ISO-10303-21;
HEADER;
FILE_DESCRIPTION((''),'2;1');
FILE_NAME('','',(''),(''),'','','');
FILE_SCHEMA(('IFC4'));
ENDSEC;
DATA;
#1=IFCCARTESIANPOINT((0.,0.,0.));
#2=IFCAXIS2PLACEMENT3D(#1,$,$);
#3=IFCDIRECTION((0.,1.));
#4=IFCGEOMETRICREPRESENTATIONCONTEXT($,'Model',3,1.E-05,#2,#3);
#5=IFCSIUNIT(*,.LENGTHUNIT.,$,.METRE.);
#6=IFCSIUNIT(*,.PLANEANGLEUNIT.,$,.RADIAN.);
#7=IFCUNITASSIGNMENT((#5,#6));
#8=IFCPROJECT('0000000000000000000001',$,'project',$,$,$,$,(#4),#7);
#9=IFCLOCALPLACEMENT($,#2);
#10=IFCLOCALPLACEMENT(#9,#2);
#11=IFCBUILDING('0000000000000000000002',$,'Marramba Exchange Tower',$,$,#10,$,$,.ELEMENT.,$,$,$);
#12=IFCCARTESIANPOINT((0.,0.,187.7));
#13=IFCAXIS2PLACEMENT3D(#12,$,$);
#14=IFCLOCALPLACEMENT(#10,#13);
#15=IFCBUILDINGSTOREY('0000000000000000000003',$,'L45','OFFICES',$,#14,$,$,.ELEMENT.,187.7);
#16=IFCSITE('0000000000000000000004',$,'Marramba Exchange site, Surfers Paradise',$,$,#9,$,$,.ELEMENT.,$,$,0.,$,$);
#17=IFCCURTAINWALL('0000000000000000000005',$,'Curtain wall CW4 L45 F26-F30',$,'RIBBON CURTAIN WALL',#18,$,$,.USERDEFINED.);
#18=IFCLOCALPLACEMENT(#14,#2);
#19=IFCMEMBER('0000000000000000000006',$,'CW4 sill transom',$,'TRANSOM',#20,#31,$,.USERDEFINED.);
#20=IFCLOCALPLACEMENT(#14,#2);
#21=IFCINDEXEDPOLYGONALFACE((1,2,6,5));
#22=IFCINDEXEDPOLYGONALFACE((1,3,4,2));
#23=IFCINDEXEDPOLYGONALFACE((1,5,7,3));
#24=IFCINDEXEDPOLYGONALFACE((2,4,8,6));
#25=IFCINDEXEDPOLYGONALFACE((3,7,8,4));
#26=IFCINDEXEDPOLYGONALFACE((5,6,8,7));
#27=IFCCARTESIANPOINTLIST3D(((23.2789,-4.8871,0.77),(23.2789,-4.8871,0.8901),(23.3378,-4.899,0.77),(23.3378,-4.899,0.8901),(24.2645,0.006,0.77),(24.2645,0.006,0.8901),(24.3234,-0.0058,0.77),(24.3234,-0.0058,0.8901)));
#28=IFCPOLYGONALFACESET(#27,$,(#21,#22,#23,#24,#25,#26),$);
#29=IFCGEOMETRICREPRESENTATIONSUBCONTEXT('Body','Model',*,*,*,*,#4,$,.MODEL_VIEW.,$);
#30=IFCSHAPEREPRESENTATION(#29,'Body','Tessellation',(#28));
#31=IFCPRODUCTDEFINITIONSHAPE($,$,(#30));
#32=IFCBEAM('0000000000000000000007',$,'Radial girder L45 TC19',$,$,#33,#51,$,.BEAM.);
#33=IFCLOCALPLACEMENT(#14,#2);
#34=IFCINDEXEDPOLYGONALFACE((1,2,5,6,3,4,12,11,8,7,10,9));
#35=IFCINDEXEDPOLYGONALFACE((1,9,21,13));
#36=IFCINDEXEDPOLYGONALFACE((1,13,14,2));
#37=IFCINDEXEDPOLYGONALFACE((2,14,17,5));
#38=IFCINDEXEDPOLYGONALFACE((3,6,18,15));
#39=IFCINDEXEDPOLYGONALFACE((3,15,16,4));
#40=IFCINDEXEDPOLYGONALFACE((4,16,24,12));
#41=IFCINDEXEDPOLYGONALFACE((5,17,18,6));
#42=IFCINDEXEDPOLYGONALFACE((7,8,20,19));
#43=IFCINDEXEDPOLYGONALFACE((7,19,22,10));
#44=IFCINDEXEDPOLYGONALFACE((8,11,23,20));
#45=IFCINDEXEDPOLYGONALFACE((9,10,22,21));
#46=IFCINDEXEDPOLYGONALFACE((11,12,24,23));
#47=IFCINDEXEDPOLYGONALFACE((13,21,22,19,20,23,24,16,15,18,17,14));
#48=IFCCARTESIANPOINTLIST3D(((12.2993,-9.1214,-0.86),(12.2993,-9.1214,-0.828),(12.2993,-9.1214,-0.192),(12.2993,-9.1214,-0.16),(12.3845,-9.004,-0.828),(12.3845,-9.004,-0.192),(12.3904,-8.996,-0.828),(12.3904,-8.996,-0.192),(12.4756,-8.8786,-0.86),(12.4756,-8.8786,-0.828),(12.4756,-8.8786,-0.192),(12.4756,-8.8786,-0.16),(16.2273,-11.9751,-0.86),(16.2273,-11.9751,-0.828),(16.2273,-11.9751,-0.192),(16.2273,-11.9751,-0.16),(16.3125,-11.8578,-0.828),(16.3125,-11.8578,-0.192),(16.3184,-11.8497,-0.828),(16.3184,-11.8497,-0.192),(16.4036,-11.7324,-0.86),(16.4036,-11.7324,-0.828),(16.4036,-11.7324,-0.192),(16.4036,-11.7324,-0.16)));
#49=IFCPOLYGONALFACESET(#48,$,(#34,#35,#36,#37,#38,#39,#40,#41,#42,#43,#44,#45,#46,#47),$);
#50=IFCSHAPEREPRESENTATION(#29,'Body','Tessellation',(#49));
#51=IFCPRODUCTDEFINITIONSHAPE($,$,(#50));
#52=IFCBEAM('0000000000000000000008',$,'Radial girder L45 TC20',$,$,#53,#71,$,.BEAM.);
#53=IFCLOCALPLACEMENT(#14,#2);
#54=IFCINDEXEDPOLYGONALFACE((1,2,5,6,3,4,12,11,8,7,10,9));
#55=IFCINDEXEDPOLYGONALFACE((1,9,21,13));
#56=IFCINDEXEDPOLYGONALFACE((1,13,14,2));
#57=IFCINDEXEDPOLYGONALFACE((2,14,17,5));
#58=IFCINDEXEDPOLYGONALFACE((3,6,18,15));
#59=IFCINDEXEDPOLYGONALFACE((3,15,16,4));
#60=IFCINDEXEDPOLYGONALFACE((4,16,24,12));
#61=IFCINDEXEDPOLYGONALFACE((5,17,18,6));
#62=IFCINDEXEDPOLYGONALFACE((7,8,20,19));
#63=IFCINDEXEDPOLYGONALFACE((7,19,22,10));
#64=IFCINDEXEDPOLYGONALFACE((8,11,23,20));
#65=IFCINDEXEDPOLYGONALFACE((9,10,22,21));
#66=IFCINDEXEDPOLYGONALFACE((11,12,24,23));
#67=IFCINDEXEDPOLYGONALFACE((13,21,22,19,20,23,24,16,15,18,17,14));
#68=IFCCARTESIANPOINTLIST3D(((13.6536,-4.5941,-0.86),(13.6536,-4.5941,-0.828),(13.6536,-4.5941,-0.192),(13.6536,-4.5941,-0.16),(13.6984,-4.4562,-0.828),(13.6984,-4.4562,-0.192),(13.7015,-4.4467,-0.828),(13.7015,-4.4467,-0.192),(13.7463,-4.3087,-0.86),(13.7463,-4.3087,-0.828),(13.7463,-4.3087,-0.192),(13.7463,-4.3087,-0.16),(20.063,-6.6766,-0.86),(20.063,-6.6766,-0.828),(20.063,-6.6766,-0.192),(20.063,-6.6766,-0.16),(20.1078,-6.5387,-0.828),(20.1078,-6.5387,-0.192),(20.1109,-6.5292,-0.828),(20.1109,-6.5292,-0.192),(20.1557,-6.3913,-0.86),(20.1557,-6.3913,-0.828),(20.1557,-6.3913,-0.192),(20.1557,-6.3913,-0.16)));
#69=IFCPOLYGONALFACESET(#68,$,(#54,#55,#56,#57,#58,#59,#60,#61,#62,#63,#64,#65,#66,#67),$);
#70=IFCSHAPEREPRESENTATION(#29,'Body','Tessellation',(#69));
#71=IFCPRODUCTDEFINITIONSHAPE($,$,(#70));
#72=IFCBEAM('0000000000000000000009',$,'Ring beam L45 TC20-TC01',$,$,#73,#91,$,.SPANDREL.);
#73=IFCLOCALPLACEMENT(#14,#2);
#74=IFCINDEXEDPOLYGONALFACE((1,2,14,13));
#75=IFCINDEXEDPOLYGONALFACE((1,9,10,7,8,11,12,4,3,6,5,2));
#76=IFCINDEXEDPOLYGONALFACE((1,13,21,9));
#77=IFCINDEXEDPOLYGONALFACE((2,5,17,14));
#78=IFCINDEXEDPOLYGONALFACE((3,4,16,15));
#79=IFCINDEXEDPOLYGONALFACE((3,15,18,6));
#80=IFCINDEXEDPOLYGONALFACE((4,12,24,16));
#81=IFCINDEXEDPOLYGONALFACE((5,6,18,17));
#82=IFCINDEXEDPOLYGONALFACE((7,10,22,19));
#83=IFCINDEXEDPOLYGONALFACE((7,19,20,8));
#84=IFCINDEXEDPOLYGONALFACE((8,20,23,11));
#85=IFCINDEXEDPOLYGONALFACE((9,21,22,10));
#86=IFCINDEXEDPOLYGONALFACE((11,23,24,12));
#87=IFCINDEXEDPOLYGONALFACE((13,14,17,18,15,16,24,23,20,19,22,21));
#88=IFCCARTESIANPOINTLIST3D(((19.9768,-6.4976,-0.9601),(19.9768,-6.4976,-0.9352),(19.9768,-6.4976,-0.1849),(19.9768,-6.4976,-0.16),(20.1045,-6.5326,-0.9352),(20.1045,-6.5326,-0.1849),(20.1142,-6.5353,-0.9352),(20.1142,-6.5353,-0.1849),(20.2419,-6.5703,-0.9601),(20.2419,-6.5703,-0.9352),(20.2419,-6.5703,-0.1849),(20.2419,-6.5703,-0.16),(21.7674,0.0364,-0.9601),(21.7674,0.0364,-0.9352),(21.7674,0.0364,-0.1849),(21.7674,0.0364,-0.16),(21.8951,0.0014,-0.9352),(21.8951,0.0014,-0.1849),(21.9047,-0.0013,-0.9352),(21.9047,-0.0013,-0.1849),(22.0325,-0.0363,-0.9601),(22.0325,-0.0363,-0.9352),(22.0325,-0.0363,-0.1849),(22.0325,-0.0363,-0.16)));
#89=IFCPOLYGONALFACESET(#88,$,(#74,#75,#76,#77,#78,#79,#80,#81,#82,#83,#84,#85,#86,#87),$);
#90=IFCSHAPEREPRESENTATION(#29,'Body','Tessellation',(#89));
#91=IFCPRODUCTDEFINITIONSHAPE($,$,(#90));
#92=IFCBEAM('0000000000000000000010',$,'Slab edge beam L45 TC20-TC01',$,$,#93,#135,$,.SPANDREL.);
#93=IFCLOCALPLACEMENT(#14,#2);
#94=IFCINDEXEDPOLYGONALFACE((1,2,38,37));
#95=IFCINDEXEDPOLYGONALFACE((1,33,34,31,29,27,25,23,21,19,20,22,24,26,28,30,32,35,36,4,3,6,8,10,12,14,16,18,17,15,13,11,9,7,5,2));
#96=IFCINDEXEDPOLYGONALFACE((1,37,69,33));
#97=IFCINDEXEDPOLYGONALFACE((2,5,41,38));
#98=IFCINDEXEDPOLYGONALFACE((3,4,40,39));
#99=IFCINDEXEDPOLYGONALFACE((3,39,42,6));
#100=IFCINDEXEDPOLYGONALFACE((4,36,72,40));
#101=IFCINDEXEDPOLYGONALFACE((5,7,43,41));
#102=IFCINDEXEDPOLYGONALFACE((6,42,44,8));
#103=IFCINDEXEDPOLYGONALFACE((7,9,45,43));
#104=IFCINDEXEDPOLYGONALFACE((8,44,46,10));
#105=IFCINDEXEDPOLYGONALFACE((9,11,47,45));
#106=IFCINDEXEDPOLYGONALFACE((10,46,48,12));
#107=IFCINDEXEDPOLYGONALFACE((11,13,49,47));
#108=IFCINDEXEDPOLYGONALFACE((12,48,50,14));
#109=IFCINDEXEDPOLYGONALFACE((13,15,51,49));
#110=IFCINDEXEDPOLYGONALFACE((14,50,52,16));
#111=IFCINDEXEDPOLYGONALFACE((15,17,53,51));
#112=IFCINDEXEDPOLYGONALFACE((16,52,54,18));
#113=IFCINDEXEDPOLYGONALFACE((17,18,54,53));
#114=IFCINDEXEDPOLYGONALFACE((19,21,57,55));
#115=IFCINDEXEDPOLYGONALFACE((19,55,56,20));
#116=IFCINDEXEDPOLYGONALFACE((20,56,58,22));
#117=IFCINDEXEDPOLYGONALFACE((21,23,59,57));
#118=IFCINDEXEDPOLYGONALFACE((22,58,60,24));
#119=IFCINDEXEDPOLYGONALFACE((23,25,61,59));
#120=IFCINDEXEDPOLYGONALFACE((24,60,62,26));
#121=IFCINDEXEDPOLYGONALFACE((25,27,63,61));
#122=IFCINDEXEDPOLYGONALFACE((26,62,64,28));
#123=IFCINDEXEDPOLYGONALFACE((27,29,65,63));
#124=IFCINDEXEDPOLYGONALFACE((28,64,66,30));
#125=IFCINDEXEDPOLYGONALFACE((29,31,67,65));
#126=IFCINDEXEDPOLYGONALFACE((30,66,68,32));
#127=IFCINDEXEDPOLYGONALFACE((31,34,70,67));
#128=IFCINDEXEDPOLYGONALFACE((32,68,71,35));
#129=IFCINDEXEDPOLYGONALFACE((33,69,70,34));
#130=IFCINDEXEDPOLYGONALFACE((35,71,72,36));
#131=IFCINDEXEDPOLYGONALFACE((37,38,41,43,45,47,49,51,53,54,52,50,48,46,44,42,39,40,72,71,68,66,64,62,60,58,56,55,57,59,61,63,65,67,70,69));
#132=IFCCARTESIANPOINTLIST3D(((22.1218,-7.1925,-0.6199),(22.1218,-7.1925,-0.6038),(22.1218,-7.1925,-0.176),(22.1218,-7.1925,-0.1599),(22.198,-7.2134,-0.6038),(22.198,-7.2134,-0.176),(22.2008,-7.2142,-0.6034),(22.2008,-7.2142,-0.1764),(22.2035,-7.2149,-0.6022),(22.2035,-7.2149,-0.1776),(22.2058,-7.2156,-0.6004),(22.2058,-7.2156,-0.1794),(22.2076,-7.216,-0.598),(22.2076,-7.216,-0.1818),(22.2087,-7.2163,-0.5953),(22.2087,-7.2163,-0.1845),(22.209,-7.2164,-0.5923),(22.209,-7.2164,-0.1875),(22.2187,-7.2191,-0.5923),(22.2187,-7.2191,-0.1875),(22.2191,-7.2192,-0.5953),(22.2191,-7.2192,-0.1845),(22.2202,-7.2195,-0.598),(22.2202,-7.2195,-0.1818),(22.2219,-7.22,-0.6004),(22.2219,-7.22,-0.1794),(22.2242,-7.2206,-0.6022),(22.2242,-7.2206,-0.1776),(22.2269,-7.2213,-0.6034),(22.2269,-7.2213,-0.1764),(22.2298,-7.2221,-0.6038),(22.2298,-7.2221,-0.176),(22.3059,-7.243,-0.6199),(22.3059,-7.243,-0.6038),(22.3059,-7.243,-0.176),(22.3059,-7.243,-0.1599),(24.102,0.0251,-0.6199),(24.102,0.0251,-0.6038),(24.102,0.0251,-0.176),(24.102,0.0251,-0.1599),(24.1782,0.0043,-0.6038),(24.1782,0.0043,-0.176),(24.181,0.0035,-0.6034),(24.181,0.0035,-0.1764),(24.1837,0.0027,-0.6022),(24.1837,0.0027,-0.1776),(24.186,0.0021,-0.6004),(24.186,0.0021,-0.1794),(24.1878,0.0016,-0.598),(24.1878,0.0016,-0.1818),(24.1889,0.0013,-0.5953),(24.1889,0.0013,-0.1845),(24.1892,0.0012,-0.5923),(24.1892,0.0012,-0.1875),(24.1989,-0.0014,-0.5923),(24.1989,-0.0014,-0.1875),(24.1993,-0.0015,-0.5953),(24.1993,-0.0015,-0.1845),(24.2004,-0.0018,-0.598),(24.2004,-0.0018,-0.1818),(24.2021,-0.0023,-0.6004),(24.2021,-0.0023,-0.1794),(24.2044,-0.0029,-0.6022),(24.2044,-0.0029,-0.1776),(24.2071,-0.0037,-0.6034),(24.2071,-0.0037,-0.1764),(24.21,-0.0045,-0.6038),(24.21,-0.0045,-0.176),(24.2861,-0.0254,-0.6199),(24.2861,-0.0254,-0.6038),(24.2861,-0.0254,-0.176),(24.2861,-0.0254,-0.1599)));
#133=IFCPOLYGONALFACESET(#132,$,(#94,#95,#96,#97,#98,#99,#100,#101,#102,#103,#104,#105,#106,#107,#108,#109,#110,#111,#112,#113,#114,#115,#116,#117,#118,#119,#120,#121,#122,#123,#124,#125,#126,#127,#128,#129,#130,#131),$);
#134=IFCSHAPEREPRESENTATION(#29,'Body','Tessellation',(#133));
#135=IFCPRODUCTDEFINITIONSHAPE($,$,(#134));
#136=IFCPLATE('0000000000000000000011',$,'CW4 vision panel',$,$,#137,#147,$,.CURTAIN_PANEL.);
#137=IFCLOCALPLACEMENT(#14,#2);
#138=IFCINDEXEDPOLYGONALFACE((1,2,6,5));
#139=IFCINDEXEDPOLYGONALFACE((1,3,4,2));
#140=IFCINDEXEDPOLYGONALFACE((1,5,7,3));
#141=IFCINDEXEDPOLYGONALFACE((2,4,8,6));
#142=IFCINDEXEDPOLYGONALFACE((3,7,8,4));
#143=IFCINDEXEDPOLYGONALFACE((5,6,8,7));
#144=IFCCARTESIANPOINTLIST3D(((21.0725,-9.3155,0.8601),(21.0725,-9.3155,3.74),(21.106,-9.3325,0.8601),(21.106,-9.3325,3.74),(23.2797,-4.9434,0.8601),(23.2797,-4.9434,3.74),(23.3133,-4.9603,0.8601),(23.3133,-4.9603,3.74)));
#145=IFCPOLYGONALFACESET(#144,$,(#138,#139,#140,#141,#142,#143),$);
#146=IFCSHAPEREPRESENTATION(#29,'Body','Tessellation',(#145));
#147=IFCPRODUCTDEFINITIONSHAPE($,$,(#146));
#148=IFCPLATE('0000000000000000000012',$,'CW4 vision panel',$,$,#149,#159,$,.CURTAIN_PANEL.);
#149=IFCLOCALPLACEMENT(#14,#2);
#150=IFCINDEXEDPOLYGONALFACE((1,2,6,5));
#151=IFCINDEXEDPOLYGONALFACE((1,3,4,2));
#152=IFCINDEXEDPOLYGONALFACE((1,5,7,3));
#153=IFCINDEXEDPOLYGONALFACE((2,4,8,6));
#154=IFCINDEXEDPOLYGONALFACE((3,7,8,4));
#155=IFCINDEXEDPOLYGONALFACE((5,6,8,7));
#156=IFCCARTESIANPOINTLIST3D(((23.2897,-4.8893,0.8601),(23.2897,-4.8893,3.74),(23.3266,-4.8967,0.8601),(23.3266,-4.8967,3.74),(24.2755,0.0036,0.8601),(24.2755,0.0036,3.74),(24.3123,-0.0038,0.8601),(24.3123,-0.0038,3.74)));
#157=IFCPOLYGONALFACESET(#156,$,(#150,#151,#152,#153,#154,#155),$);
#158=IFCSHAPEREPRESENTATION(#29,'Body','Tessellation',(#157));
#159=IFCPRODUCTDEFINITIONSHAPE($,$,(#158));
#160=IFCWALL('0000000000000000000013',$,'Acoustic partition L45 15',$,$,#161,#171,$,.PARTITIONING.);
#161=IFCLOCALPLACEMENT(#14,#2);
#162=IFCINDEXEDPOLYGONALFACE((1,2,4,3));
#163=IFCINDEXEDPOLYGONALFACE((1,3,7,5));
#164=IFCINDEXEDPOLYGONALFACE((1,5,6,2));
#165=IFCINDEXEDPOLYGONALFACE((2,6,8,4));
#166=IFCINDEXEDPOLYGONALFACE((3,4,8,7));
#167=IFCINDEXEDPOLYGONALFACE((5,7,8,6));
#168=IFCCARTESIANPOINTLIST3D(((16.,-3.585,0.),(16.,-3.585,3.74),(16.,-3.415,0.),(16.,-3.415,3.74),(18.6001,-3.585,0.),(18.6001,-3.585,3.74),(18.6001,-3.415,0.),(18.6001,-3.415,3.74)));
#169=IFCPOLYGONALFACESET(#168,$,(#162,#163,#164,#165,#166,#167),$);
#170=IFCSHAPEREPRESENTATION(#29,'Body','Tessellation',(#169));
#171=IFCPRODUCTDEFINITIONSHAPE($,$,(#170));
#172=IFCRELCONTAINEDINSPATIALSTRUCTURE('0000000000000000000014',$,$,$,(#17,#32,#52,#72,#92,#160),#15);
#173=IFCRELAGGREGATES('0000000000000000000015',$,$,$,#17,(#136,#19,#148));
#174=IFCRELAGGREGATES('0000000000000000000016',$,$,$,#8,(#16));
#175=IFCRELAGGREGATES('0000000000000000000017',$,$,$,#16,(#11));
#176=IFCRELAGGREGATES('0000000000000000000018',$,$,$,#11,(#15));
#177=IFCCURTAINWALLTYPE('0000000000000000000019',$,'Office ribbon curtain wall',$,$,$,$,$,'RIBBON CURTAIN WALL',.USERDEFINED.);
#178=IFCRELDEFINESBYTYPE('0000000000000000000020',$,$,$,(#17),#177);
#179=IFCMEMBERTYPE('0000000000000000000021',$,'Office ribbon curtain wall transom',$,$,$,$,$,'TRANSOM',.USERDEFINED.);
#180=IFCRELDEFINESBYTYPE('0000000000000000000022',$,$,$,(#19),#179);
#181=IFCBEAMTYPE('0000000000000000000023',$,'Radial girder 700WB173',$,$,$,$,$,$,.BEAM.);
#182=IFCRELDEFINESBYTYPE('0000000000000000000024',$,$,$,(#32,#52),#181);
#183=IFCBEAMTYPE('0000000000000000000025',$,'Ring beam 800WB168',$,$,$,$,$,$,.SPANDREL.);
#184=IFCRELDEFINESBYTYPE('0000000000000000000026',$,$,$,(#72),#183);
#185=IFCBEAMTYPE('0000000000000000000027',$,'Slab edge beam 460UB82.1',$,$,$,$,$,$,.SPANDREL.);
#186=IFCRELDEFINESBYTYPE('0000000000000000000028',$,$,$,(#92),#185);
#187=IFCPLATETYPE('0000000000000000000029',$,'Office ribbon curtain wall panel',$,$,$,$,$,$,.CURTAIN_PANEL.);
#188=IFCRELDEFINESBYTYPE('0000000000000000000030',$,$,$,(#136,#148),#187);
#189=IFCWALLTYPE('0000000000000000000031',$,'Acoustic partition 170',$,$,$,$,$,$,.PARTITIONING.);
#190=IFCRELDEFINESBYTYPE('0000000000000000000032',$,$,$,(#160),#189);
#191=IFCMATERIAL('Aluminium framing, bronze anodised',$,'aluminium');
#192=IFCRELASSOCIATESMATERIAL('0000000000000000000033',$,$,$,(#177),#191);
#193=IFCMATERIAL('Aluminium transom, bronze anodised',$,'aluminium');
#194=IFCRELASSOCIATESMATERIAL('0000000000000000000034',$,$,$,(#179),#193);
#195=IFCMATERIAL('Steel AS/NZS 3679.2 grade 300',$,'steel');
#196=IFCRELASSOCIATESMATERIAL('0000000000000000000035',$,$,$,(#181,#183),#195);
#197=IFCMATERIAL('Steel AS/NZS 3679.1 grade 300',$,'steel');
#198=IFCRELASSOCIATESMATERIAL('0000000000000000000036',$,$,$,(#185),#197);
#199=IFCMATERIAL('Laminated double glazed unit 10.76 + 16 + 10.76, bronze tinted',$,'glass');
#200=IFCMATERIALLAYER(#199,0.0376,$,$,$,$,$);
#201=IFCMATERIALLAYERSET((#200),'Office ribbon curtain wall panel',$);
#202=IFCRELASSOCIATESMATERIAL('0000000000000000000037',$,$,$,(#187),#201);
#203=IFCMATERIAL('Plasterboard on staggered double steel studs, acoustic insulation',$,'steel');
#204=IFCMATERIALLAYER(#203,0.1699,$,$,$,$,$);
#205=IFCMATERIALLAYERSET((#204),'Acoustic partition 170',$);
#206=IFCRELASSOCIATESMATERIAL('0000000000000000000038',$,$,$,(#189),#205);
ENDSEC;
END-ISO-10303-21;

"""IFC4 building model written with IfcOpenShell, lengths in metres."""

from ifc_helpers import new_model, si_unit, direction, frame, frame_2d, origin, origin_2d, place, context, subcontext, project, spatial, rectangle, i_section, extrude, material, layer, layer_set, material_profile, profile_set, type_object, element, aggregate, save


model = new_model("IFC4")

# Units and contexts
model_context = context("Model", 3, precision=1e-05, world=origin(), true_north=direction((0.0, 1.0)))
body_context = subcontext(model_context, "Body", "Model", "MODEL_VIEW")
ifc_project = project(units=[si_unit("LENGTHUNIT", "METRE"), si_unit("PLANEANGLEUNIT", "RADIAN")], contexts=[model_context])

# Site, building, storey
site_placement = place(None, origin())
site = spatial("IfcSite", under=ifc_project, at=site_placement, Name="Marramba Exchange site, Surfers Paradise", CompositionType="ELEMENT", RefElevation=0.0)
building_placement = place(site_placement, origin())
building = spatial("IfcBuilding", under=site, at=building_placement, Name="Marramba Exchange Tower", CompositionType="ELEMENT")
storey_placement = place(building_placement, frame((0.0, 0.0, 187.7)))
storey = spatial("IfcBuildingStorey", under=building, at=storey_placement, Name="L45", Description="OFFICES", CompositionType="ELEMENT", Elevation=187.7)

# Shared definitions
ifc_material_1 = material(Name="Steel AS/NZS 3679.2 grade 300", Category="steel")
ifc_material_2 = material(Name="Steel AS/NZS 3679.1 grade 300", Category="steel")

# Curtain wall, member
ifc_material_3 = material(Name="Aluminium framing, bronze anodised", Category="aluminium")
curtain_wall_type = type_object("IfcCurtainWallType", Name="Office ribbon curtain wall", ElementType="RIBBON CURTAIN WALL", PredefinedType="USERDEFINED", material=ifc_material_3)
curtain_wall_placement = place(storey_placement, origin())
curtain_wall = element("IfcCurtainWall", 1, at=curtain_wall_placement, inside=storey, type_object=curtain_wall_type, Name="Curtain wall CW4 L45 F26-F30", ObjectType="RIBBON CURTAIN WALL", PredefinedType="USERDEFINED")
ifc_material_4 = material(Name="Aluminium transom, bronze anodised", Category="aluminium")
ifc_material_profile_1 = material_profile(ifc_material_4, rectangle(XDim=0.0601, YDim=0.1201, at=origin_2d()), Name="CW4 transom 60x120")
ifc_profile_set_1 = profile_set([ifc_material_profile_1], Name="Aluminium transom, bronze anodised")
member_type_1 = type_object("IfcMemberType", Name="Office ribbon curtain wall transom", ElementType="TRANSOM", PredefinedType="USERDEFINED", material=ifc_profile_set_1)
member_1_placement = place(storey_placement, frame((23.3083, -4.8931, 0.8301), z_axis=(0.197461, 0.980311, 0.0), x_axis=(-0.980311, 0.197461, 0.0)))
member_1 = element("IfcMember", 2, at=member_1_placement, type_object=member_type_1, Name="CW4 sill transom", ObjectType="TRANSOM", PredefinedType="USERDEFINED", context=body_context, shape_type="SweptSolid", body=[
    extrude(rectangle(XDim=0.0601, YDim=0.1201, at=origin_2d()), origin(), (0.0, 0.0, 1.0), 4.9915),
])

# Beams
ifc_material_profile_2 = material_profile(ifc_material_1, i_section(OverallWidth=0.3, OverallDepth=0.7, WebThickness=0.01, FlangeThickness=0.032, at=origin_2d()), Name="700WB173")
ifc_profile_set_2 = profile_set([ifc_material_profile_2], Name="Steel AS/NZS 3679.2 grade 300")
beam_type_1 = type_object("IfcBeamType", Name="Radial girder 700WB173", PredefinedType="BEAM", material=ifc_profile_set_2)
beam_1_placement = place(storey_placement, frame((12.3875, -9.0, -0.51), z_axis=(0.809025, -0.587774, 0.0), x_axis=(0.587774, 0.809025, 0.0)))
element("IfcBeam", 3, at=beam_1_placement, inside=storey, type_object=beam_type_1, Name="Radial girder L45 TC19", PredefinedType="BEAM", context=body_context, shape_type="SweptSolid", body=[
    extrude(i_section(OverallWidth=0.3, OverallDepth=0.7, WebThickness=0.01, FlangeThickness=0.032, at=origin_2d()), origin(), (0.0, 0.0, 1.0), 4.8552),
])
beam_2_placement = place(storey_placement, frame((13.7, -4.4514, -0.51), z_axis=(0.951058, -0.309013, 0.0), x_axis=(0.309013, 0.951058, 0.0)))
element("IfcBeam", 4, at=beam_2_placement, inside=storey, type_object=beam_type_1, Name="Radial girder L45 TC20", PredefinedType="BEAM", context=body_context, shape_type="SweptSolid", body=[
    extrude(i_section(OverallWidth=0.3, OverallDepth=0.7, WebThickness=0.01, FlangeThickness=0.032, at=origin_2d()), origin(), (0.0, 0.0, 1.0), 6.7393),
])
ifc_material_profile_3 = material_profile(ifc_material_1, i_section(OverallWidth=0.2749, OverallDepth=0.8, WebThickness=0.01, FlangeThickness=0.0249, at=origin_2d()), Name="800WB168")
ifc_profile_set_3 = profile_set([ifc_material_profile_3], Name="Steel AS/NZS 3679.2 grade 300")
beam_type_2 = type_object("IfcBeamType", Name="Ring beam 800WB168", PredefinedType="SPANDREL", material=ifc_profile_set_3)
beam_3_placement = place(storey_placement, frame((20.1094, -6.5339, -0.5601), z_axis=(0.264291, 0.964443, 0.0), x_axis=(-0.964443, 0.264291, 0.0)))
element("IfcBeam", 5, at=beam_3_placement, inside=storey, type_object=beam_type_2, Name="Ring beam L45 TC20-TC01", PredefinedType="SPANDREL", context=body_context, shape_type="SweptSolid", body=[
    extrude(i_section(OverallWidth=0.2749, OverallDepth=0.8, WebThickness=0.01, FlangeThickness=0.0249, at=origin_2d()), origin(), (0.0, 0.0, 1.0), 6.7749),
])
ifc_material_profile_4 = material_profile(ifc_material_2, i_section(OverallWidth=0.1909, OverallDepth=0.46, WebThickness=0.01, FlangeThickness=0.0161, FilletRadius=0.0115, at=origin_2d()), Name="460UB82.1")
ifc_profile_set_4 = profile_set([ifc_material_profile_4], Name="Steel AS/NZS 3679.1 grade 300")
beam_type_3 = type_object("IfcBeamType", Name="Slab edge beam 460UB82.1", PredefinedType="SPANDREL", material=ifc_profile_set_4)
beam_4_placement = place(storey_placement, frame((22.2139, -7.2178, -0.3899), z_axis=(0.264577, 0.964365, 0.0), x_axis=(-0.964365, 0.264577, 0.0)))
element("IfcBeam", 6, at=beam_4_placement, inside=storey, type_object=beam_type_3, Name="Slab edge beam L45 TC20-TC01", PredefinedType="SPANDREL", context=body_context, shape_type="SweptSolid", body=[
    extrude(i_section(OverallWidth=0.1909, OverallDepth=0.46, WebThickness=0.01, FlangeThickness=0.0161, FilletRadius=0.0115, at=origin_2d()), origin(), (0.0, 0.0, 1.0), 7.4844),
])

# Plates
ifc_material_5 = material(Name="Laminated double glazed unit 10.76 + 16 + 10.76, bronze tinted", Category="glass")
ifc_layer_1 = layer(ifc_material_5, 0.0376)
ifc_layer_set_1 = layer_set([ifc_layer_1], Name="Office ribbon curtain wall panel")
plate_type = type_object("IfcPlateType", Name="Office ribbon curtain wall panel", PredefinedType="CURTAIN_PANEL", material=ifc_layer_set_1)
plate_1_placement = place(storey_placement, frame((22.1929, -7.1379, 0.8601), z_axis=(0.0, 0.0, 1.0), x_axis=(0.450673, 0.892689, 0.0)))
plate_1 = element("IfcPlate", 7, at=plate_1_placement, type_object=plate_type, Name="CW4 vision panel", PredefinedType="CURTAIN_PANEL", context=body_context, shape_type="SweptSolid", body=[
    extrude(rectangle(XDim=4.8977, YDim=0.0376, at=origin_2d()), origin(), (0.0, 0.0, 1.0), 2.8799),
])
plate_2_placement = place(storey_placement, frame((23.801, -2.4465, 0.8601), z_axis=(0.0, 0.0, 1.0), x_axis=(0.197495, 0.980304, 0.0)))
plate_2 = element("IfcPlate", 8, at=plate_2_placement, type_object=plate_type, Name="CW4 vision panel", PredefinedType="CURTAIN_PANEL", context=body_context, shape_type="SweptSolid", body=[
    extrude(rectangle(XDim=4.9912, YDim=0.0376, at=origin_2d()), origin(), (0.0, 0.0, 1.0), 2.8799),
])
aggregate(curtain_wall, [plate_1, member_1, plate_2])

# Wall
ifc_material_6 = material(Name="Plasterboard on staggered double steel studs, acoustic insulation", Category="steel")
ifc_layer_2 = layer(ifc_material_6, 0.1699)
ifc_layer_set_2 = layer_set([ifc_layer_2], Name="Acoustic partition 170")
wall_type_1 = type_object("IfcWallType", Name="Acoustic partition 170", PredefinedType="PARTITIONING", material=ifc_layer_set_2)
wall_1_placement = place(storey_placement, frame((18.6001, -3.5, 0.0), z_axis=(0.0, 0.0, 1.0), x_axis=(-1.0, 0.0, 0.0)))
element("IfcWall", 9, at=wall_1_placement, inside=storey, type_object=wall_type_1, Name="Acoustic partition L45 15", PredefinedType="PARTITIONING", context=body_context, shape_type="SweptSolid", body=[
    extrude(rectangle(XDim=2.6001, YDim=0.1699, at=frame_2d((1.3, 0.0))), origin(), (0.0, 0.0, 1.0), 3.74),
])

save(model, "model.ifc")
